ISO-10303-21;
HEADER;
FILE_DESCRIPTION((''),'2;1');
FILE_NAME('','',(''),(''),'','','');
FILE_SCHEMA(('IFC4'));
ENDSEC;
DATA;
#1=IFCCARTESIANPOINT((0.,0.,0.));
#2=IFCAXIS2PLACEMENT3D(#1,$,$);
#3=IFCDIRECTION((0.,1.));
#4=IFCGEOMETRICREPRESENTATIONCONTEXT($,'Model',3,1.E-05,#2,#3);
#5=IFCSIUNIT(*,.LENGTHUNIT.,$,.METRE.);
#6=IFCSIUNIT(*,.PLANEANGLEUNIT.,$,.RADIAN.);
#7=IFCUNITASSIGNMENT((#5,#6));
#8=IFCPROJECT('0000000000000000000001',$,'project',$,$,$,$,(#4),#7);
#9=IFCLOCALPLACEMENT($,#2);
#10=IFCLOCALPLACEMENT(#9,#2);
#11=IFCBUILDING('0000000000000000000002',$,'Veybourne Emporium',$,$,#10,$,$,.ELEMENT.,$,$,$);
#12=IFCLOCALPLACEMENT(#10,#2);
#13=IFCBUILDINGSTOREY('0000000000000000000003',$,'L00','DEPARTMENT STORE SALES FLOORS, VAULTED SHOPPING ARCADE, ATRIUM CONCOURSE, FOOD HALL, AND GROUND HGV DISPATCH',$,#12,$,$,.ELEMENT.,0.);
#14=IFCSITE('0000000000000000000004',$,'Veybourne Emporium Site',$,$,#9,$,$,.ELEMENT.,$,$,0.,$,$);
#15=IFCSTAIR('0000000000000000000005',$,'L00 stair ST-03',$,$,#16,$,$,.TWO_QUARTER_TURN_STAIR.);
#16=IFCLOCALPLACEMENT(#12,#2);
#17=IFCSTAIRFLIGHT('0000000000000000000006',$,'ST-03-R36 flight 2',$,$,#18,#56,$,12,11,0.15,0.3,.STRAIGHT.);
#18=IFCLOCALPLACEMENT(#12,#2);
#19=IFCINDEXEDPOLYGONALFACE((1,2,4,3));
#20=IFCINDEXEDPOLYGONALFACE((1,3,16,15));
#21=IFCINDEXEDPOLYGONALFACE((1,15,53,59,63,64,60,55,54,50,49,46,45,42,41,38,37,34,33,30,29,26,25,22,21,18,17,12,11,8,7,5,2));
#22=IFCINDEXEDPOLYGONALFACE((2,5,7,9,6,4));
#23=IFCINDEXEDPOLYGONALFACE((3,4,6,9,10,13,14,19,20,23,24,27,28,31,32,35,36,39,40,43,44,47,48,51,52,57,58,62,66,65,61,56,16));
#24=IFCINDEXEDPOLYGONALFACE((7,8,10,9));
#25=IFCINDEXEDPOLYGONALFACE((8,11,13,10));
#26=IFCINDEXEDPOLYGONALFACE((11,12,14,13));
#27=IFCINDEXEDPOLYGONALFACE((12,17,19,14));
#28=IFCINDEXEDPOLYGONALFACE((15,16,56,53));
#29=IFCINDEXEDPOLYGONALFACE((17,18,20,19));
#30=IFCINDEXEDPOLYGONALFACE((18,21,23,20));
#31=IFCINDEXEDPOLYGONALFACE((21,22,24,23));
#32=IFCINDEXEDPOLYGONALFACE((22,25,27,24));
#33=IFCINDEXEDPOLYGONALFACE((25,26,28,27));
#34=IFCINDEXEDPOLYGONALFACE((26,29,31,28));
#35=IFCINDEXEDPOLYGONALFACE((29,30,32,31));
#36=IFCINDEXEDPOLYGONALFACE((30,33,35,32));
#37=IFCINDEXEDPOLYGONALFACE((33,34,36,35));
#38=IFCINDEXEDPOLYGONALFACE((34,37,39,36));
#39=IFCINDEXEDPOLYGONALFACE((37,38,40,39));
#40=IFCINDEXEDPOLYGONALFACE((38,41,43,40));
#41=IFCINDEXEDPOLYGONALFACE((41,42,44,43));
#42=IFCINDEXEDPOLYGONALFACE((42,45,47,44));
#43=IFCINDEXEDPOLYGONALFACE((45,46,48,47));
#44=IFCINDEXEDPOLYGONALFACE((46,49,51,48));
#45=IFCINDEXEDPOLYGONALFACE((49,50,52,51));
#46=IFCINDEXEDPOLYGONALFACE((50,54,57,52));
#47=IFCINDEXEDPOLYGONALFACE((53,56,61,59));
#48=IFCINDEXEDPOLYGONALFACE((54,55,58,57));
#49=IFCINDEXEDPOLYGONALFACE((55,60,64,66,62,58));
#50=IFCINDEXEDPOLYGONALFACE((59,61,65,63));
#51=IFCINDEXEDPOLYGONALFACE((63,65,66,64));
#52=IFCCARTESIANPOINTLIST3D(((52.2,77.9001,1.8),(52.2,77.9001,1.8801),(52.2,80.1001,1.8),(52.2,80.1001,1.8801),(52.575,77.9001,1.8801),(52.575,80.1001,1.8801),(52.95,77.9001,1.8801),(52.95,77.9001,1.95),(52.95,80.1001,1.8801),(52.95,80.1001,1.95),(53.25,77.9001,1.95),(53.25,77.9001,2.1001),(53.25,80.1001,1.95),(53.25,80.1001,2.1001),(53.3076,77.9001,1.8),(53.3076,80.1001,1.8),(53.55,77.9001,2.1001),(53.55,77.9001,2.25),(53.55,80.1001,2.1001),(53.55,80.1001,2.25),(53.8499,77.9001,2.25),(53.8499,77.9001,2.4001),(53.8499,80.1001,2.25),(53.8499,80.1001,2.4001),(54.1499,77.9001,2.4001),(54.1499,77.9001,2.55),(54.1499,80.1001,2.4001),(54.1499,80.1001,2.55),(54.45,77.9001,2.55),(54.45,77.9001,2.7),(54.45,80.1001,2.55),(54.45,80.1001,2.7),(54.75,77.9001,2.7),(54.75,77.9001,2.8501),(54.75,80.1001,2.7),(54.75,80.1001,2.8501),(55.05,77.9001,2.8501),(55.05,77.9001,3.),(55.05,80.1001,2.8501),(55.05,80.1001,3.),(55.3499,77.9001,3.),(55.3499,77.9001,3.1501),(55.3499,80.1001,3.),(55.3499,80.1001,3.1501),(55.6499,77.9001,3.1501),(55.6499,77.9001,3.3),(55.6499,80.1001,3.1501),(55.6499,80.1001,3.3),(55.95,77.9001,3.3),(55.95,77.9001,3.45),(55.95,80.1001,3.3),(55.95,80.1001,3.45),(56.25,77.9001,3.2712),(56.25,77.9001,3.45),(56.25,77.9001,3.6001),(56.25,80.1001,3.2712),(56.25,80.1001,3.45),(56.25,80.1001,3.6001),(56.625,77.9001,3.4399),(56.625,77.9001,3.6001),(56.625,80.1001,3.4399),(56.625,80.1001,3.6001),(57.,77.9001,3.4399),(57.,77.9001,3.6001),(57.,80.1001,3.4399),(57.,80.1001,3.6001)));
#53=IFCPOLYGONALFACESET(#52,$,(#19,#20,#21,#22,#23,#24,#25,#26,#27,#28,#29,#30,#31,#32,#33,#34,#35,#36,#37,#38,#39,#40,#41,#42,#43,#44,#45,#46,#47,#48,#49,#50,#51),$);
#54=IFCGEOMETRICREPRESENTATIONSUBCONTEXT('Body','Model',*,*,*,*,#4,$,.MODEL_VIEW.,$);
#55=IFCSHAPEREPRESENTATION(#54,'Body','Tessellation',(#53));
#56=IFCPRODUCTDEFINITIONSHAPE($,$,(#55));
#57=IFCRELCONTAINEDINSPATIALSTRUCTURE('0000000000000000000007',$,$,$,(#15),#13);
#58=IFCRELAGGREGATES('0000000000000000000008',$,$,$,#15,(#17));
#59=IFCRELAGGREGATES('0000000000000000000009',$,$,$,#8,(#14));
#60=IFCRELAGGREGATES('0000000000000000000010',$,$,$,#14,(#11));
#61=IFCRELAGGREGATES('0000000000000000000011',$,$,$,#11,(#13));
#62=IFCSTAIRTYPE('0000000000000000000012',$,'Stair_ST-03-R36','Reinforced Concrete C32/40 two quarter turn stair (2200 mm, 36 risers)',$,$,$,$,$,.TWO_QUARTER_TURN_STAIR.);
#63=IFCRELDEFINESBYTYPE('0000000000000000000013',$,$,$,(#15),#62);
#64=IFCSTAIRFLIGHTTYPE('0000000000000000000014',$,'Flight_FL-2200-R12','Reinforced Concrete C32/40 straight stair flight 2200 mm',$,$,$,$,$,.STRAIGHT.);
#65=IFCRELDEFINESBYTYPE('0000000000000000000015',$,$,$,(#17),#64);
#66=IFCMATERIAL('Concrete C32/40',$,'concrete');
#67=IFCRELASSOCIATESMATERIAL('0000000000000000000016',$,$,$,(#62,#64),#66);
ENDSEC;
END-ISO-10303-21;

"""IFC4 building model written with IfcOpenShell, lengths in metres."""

from ifc_helpers import new_model, si_unit, direction, frame, origin, place, context, subcontext, project, spatial, polyline, outline, extrude, material, type_object, element, aggregate, save


model = new_model("IFC4")

# Units and contexts
model_context = context("Model", 3, precision=1e-05, world=origin(), true_north=direction((0.0, 1.0)))
body_context = subcontext(model_context, "Body", "Model", "MODEL_VIEW")
ifc_project = project(units=[si_unit("LENGTHUNIT", "METRE"), si_unit("PLANEANGLEUNIT", "RADIAN")], contexts=[model_context])

# Site, building, storey
site_placement = place(None, origin())
site = spatial("IfcSite", under=ifc_project, at=site_placement, Name="Veybourne Emporium Site", CompositionType="ELEMENT", RefElevation=0.0)
building_placement = place(site_placement, origin())
building = spatial("IfcBuilding", under=site, at=building_placement, Name="Veybourne Emporium", CompositionType="ELEMENT")
storey_placement = place(building_placement, origin())
storey = spatial("IfcBuildingStorey", under=building, at=storey_placement, Name="L00", Description="DEPARTMENT STORE SALES FLOORS, VAULTED SHOPPING ARCADE, ATRIUM CONCOURSE, FOOD HALL, AND GROUND HGV DISPATCH", CompositionType="ELEMENT", Elevation=0.0)

# Shared definitions
ifc_material_1 = material(Name="Concrete C32/40", Category="concrete")

# Stair, stair flight
stair_type = type_object("IfcStairType", Name="Stair_ST-03-R36", Description="Reinforced Concrete C32/40 two quarter turn stair (2200 mm, 36 risers)", PredefinedType="TWO_QUARTER_TURN_STAIR", material=ifc_material_1)
stair_placement = place(storey_placement, origin())
stair = element("IfcStair", 1, at=stair_placement, inside=storey, type_object=stair_type, Name="L00 stair ST-03", PredefinedType="TWO_QUARTER_TURN_STAIR")
stair_flight_type = type_object("IfcStairFlightType", Name="Flight_FL-2200-R12", Description="Reinforced Concrete C32/40 straight stair flight 2200 mm", PredefinedType="STRAIGHT", material=ifc_material_1)
stair_flight_1_placement = place(storey_placement, frame((52.95, 79.0, 1.8), z_axis=(0.0, 0.0, 1.0), x_axis=(1.0, 0.0, 0.0)))
stair_flight_1 = element("IfcStairFlight", 2, at=stair_flight_1_placement, type_object=stair_flight_type, Name="ST-03-R36 flight 2", NumberOfRisers=12, NumberOfTreads=11, PredefinedType="STRAIGHT", RiserHeight=0.15, TreadLength=0.3, context=body_context, shape_type="SweptSolid", body=[
    extrude(outline(polyline([(-0.75, 0.0), (-0.75, 0.0801), (-0.375, 0.0801), (0.0, 0.0801), (0.0, 0.1499), (0.3, 0.1499), (0.3, 0.3), (0.6001, 0.3), (0.6001, 0.45), (0.8999, 0.45), (0.8999, 0.6001), (1.2, 0.6001), (1.2, 0.75), (1.5, 0.75), (1.5, 0.8999), (1.8, 0.8999), (1.8, 1.05), (2.1001, 1.05), (2.1001, 1.2), (2.3999, 1.2), (2.3999, 1.3501), (2.7, 1.3501), (2.7, 1.5), (3.0, 1.5), (3.0, 1.6499), (3.3, 1.6499), (3.3, 1.8), (3.675, 1.8), (4.05, 1.8), (4.05, 1.6399), (3.675, 1.6399), (3.3, 1.4712), (0.3577, 0.0), (-0.75, 0.0)])), frame((0.0, 1.1001, 0.0), z_axis=(0.0, -1.0, 0.0), x_axis=(1.0, 0.0, 0.0)), (0.0, 0.0, 1.0), 2.2),
])
aggregate(stair, [stair_flight_1])

save(model, "model.ifc")
